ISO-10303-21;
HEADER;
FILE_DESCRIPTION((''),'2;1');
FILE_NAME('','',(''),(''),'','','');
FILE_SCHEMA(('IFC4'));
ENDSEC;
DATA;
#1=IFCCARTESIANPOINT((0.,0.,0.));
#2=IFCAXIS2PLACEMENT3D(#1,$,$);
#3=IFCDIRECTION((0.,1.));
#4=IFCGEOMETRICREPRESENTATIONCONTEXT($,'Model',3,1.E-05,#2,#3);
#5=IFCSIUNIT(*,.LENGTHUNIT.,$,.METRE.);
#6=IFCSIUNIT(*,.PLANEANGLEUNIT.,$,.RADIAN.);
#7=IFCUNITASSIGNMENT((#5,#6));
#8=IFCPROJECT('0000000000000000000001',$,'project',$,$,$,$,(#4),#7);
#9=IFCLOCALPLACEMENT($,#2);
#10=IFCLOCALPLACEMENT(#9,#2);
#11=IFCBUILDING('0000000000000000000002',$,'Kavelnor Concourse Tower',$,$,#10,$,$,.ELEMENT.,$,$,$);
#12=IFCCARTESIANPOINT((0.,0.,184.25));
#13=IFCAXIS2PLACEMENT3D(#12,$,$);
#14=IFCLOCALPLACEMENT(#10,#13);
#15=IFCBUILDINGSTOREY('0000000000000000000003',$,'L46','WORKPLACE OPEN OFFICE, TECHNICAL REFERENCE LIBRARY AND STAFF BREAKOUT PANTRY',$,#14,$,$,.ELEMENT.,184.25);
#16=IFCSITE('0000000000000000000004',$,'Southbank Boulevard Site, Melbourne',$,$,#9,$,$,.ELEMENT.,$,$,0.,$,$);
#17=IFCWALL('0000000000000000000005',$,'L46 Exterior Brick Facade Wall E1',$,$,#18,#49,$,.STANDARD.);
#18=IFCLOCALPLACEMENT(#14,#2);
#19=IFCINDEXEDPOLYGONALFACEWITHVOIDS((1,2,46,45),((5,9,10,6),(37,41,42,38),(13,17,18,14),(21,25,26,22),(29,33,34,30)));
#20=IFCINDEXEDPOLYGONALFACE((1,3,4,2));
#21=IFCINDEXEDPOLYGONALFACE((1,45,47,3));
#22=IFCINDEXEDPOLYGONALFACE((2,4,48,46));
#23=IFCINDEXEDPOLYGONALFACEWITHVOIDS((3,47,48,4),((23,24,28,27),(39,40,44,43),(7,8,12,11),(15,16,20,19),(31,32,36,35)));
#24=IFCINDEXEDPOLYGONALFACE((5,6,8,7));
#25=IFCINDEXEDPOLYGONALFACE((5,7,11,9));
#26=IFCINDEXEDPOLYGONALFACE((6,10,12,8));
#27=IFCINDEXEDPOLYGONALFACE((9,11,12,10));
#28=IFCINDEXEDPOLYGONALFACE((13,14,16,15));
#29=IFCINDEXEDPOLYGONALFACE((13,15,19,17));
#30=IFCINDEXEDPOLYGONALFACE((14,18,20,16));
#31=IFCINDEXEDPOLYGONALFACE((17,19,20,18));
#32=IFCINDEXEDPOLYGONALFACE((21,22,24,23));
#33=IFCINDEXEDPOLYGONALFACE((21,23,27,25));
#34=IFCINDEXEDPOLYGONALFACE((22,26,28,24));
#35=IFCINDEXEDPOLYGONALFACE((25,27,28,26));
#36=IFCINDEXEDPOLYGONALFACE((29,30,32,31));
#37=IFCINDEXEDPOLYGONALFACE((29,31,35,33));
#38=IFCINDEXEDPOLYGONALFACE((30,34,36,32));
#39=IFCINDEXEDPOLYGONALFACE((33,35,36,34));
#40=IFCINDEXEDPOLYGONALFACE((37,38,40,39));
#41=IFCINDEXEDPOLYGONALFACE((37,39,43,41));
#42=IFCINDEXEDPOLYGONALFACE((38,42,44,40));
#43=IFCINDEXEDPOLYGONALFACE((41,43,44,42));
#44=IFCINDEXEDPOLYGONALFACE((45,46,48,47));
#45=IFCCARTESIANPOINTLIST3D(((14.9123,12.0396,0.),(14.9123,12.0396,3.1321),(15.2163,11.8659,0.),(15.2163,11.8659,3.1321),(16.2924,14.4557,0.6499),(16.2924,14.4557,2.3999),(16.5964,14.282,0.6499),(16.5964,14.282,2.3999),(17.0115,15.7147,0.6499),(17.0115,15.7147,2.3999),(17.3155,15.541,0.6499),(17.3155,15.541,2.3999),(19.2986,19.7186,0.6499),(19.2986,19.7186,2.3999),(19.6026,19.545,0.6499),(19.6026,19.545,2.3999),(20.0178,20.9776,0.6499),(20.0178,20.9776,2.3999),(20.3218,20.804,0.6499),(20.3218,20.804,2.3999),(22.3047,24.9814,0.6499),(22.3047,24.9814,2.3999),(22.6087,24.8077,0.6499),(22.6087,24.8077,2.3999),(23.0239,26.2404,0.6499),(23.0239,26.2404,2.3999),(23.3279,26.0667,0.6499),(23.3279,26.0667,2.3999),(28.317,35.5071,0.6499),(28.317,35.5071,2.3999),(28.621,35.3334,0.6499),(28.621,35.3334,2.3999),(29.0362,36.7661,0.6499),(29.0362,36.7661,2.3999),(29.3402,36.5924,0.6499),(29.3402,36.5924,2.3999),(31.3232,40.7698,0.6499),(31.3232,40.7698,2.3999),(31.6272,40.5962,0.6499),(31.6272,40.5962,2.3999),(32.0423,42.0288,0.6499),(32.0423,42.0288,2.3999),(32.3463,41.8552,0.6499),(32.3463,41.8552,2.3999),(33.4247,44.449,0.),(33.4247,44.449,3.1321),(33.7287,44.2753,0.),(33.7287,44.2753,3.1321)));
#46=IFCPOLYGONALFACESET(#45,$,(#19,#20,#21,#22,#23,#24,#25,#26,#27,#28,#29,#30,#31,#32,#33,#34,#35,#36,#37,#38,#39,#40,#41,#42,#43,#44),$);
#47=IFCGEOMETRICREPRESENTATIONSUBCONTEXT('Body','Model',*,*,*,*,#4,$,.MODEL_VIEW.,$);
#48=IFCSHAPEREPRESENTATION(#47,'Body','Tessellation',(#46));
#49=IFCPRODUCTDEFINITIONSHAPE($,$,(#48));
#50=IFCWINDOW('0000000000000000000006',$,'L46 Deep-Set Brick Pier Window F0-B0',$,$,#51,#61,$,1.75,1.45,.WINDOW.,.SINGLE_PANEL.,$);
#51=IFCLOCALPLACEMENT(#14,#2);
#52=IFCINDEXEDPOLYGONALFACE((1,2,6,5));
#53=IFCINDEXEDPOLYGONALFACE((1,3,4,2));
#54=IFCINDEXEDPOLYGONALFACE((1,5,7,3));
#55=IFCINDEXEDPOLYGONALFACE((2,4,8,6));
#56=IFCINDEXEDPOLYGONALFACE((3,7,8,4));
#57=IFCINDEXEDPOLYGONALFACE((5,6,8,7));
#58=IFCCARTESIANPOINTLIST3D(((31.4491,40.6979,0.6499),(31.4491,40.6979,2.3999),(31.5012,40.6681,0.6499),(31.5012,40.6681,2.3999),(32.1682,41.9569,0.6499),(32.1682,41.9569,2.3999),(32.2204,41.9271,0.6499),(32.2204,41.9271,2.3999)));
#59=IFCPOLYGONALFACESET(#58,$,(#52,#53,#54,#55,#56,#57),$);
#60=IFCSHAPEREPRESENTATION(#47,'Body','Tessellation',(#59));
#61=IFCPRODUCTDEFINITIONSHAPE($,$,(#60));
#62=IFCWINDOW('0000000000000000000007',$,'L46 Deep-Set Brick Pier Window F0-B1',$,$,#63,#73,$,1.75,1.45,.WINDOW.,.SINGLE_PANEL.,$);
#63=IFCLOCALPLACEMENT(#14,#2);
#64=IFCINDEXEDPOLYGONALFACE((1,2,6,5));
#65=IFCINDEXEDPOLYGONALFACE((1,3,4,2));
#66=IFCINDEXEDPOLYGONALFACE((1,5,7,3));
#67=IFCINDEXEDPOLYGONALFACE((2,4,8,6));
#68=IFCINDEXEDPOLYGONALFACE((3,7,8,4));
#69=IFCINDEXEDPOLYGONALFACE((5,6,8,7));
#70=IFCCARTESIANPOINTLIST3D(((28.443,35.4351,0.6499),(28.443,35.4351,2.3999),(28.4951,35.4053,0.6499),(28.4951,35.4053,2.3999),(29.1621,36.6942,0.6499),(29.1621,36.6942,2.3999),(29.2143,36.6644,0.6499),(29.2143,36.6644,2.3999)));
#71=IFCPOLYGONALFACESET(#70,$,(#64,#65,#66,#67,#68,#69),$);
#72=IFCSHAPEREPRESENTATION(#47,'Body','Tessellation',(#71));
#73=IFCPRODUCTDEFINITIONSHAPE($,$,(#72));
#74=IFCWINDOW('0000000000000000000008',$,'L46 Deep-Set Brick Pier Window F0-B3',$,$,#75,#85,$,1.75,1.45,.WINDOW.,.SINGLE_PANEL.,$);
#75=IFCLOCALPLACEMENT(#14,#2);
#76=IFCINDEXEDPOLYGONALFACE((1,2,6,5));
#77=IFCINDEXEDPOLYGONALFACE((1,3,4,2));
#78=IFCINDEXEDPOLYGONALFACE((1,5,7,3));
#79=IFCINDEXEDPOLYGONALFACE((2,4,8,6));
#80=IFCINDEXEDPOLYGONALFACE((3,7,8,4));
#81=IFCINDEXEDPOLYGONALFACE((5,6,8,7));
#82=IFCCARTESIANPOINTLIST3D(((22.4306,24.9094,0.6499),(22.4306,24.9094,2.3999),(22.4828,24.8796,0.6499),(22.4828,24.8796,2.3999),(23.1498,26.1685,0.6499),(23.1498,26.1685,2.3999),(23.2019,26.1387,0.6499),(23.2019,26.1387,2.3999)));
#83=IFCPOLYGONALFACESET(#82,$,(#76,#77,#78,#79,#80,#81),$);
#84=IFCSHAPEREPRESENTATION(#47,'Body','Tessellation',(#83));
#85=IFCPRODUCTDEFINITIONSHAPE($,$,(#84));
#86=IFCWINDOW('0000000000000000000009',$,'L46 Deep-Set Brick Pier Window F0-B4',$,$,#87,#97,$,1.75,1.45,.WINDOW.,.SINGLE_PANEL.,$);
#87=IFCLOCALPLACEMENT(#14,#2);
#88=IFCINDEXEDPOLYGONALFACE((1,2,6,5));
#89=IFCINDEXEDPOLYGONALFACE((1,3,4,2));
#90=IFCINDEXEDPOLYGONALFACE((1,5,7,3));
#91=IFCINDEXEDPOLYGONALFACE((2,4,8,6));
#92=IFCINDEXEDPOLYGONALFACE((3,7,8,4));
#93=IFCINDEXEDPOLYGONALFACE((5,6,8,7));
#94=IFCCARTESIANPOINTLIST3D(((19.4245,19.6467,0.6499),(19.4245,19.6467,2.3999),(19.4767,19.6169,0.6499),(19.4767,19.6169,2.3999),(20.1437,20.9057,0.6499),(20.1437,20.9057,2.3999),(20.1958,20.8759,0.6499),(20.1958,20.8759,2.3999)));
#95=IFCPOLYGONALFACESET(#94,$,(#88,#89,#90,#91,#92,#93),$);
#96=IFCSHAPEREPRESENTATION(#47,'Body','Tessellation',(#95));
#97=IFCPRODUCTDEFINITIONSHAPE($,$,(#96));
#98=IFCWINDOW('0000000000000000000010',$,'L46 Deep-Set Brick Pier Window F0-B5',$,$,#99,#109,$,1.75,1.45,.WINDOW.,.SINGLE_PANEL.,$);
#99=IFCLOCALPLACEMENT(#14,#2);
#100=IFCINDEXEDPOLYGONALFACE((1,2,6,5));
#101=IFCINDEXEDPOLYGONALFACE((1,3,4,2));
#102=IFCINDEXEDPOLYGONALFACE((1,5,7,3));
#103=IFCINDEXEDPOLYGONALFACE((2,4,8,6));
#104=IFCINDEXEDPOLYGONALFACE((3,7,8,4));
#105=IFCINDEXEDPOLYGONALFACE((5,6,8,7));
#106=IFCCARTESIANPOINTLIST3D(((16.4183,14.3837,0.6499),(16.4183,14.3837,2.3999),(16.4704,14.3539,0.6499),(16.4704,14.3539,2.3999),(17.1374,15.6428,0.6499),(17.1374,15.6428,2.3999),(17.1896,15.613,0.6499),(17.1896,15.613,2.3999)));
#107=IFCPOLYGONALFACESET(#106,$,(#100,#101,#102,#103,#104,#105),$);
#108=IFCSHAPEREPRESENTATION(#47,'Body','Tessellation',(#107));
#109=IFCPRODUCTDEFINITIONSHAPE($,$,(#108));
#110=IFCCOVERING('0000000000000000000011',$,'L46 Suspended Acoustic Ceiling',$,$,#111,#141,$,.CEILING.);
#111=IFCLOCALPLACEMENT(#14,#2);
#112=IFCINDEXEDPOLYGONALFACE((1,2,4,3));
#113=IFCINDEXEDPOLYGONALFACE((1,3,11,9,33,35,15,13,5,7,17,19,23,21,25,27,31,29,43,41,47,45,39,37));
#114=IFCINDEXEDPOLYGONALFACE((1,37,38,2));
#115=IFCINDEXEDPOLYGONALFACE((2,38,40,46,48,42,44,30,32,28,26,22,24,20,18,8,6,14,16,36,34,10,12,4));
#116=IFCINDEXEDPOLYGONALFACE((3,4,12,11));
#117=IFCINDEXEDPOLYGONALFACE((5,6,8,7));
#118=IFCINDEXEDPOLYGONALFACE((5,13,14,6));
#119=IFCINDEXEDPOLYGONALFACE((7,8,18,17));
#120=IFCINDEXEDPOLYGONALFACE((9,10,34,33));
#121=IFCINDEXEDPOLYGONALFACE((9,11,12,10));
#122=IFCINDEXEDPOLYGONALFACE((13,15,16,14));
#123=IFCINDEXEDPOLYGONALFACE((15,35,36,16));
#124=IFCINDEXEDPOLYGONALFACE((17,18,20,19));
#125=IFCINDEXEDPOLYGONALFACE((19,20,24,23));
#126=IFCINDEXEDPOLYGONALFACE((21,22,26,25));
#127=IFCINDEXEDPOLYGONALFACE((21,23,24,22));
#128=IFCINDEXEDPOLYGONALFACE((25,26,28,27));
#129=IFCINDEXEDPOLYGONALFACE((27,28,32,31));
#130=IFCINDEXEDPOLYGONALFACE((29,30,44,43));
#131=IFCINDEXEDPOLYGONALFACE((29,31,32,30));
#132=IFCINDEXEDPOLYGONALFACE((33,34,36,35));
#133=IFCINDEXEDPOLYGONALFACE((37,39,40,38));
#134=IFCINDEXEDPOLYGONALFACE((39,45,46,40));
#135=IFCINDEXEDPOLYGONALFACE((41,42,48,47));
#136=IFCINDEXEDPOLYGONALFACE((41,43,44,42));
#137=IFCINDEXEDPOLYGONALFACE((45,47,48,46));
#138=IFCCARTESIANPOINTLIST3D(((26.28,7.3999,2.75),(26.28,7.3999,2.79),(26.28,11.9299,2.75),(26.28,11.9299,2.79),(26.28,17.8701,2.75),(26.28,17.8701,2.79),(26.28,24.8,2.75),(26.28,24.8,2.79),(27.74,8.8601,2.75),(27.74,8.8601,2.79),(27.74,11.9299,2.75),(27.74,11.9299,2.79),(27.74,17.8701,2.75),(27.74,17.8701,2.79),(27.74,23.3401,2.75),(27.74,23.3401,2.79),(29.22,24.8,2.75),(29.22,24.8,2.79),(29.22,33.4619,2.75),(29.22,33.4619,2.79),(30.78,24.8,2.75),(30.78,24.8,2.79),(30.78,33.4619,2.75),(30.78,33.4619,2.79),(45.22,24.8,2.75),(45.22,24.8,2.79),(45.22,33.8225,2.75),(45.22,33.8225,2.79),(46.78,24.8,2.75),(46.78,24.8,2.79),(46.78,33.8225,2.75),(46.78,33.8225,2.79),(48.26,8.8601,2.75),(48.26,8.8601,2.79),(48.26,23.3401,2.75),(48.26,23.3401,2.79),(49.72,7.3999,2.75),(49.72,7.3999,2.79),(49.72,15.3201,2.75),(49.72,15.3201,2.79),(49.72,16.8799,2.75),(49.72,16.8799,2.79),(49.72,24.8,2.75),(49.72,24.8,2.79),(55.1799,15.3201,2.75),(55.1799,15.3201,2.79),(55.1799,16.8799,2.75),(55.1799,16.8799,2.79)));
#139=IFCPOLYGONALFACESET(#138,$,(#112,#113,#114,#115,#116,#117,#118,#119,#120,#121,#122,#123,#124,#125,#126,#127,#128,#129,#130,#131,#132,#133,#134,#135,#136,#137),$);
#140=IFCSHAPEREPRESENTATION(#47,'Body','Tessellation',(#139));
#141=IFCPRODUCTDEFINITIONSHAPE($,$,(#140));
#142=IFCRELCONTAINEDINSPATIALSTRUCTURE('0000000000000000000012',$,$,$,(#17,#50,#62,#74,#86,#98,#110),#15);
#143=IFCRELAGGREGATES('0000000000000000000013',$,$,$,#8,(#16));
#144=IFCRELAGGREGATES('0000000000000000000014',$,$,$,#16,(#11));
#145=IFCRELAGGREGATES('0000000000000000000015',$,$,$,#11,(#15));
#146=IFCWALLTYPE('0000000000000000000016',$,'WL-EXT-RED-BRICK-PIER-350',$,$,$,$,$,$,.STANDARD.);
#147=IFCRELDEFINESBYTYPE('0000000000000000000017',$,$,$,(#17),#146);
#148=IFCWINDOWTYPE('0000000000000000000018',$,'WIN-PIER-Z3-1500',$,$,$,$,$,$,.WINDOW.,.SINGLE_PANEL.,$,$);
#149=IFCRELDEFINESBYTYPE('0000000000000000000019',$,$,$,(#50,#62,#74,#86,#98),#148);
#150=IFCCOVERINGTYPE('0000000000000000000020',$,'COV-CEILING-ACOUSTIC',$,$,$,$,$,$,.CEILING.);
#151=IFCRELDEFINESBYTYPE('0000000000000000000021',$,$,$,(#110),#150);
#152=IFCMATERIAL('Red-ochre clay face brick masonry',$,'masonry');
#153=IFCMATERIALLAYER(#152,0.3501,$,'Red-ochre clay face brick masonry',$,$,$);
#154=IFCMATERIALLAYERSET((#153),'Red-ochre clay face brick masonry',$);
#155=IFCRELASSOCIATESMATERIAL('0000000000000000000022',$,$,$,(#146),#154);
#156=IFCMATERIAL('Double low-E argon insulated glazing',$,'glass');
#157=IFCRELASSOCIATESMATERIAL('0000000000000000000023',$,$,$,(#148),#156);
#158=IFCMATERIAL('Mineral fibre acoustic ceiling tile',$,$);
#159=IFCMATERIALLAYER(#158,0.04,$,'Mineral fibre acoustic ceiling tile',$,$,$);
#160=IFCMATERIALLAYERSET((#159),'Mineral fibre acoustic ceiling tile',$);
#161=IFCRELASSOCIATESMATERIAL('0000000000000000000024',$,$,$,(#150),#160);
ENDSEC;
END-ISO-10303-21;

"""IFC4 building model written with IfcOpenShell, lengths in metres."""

from ifc_helpers import new_model, si_unit, direction, frame, frame_2d, origin, place, context, subcontext, project, spatial, polyline, rectangle, outline, extrude, material, layer, layer_set, type_object, element, fill, save


model = new_model("IFC4")

# Units and contexts
model_context = context("Model", 3, precision=1e-05, world=origin(), true_north=direction((0.0, 1.0)))
body_context = subcontext(model_context, "Body", "Model", "MODEL_VIEW")
ifc_project = project(units=[si_unit("LENGTHUNIT", "METRE"), si_unit("PLANEANGLEUNIT", "RADIAN")], contexts=[model_context])

# Site, building, storey
site_placement = place(None, origin())
site = spatial("IfcSite", under=ifc_project, at=site_placement, Name="Southbank Boulevard Site, Melbourne", CompositionType="ELEMENT", RefElevation=0.0)
building_placement = place(site_placement, origin())
building = spatial("IfcBuilding", under=site, at=building_placement, Name="Kavelnor Concourse Tower", CompositionType="ELEMENT")
storey_placement = place(building_placement, frame((0.0, 0.0, 184.25)))
storey = spatial("IfcBuildingStorey", under=building, at=storey_placement, Name="L46", Description="WORKPLACE OPEN OFFICE, TECHNICAL REFERENCE LIBRARY AND STAFF BREAKOUT PANTRY", CompositionType="ELEMENT", Elevation=184.25)

# Shared definitions
ifc_material_1 = material(Name="Double low-E argon insulated glazing", Category="glass")

# Wall, openings, windows
ifc_material_2 = material(Name="Red-ochre clay face brick masonry", Category="masonry")
ifc_layer_1 = layer(ifc_material_2, 0.3501, Name="Red-ochre clay face brick masonry")
ifc_layer_set_1 = layer_set([ifc_layer_1], Name="Red-ochre clay face brick masonry")
wall_type_1 = type_object("IfcWallType", Name="WL-EXT-RED-BRICK-PIER-350", PredefinedType="STANDARD", material=ifc_layer_set_1)
wall_1_placement = place(storey_placement, frame((15.0642, 11.9526, 0.0), z_axis=(0.0, 0.0, 1.0), x_axis=(0.495993, 0.868326, 0.0)))
wall_1 = element("IfcWall", 1, at=wall_1_placement, inside=storey, type_object=wall_type_1, Name="L46 Exterior Brick Facade Wall E1", PredefinedType="STANDARD", context=body_context, shape_type="SweptSolid", body=[
    extrude(rectangle(XDim=37.324, YDim=0.3501, at=frame_2d((18.6621, 0.0))), origin(), (0.0, 0.0, 1.0), 3.1321),
])
opening_1_placement = place(wall_1_placement, frame((33.0869, 0.0, 0.6499)))
opening_1 = element("IfcOpeningElement", 2, at=opening_1_placement, cuts=wall_1, PredefinedType="OPENING", context=body_context, shape_type="SweptSolid", body=[
    extrude(rectangle(XDim=1.45, YDim=1.75, at=frame_2d((0.7251, 0.875))), frame((0.0, 0.1851, 0.0), z_axis=(0.0, -1.0, 0.0), x_axis=(1.0, 0.0, 0.0)), (0.0, 0.0, 1.0), 0.3701),
])
opening_2_placement = place(wall_1_placement, frame((27.0261, 0.0, 0.6499)))
opening_2 = element("IfcOpeningElement", 3, at=opening_2_placement, cuts=wall_1, PredefinedType="OPENING", context=body_context, shape_type="SweptSolid", body=[
    extrude(rectangle(XDim=1.45, YDim=1.75, at=frame_2d((0.7251, 0.875))), frame((0.0, 0.1851, 0.0), z_axis=(0.0, -1.0, 0.0), x_axis=(1.0, 0.0, 0.0)), (0.0, 0.0, 1.0), 0.3701),
])
opening_3_placement = place(wall_1_placement, frame((14.9043, 0.0, 0.6499)))
opening_3 = element("IfcOpeningElement", 4, at=opening_3_placement, cuts=wall_1, PredefinedType="OPENING", context=body_context, shape_type="SweptSolid", body=[
    extrude(rectangle(XDim=1.45, YDim=1.75, at=frame_2d((0.7251, 0.875))), frame((0.0, 0.1851, 0.0), z_axis=(0.0, -1.0, 0.0), x_axis=(1.0, 0.0, 0.0)), (0.0, 0.0, 1.0), 0.3701),
])
opening_4_placement = place(wall_1_placement, frame((8.8435, 0.0, 0.6499)))
opening_4 = element("IfcOpeningElement", 5, at=opening_4_placement, cuts=wall_1, PredefinedType="OPENING", context=body_context, shape_type="SweptSolid", body=[
    extrude(rectangle(XDim=1.45, YDim=1.75, at=frame_2d((0.7251, 0.875))), frame((0.0, 0.1851, 0.0), z_axis=(0.0, -1.0, 0.0), x_axis=(1.0, 0.0, 0.0)), (0.0, 0.0, 1.0), 0.3701),
])
opening_5_placement = place(wall_1_placement, frame((2.7825, 0.0, 0.6499)))
opening_5 = element("IfcOpeningElement", 6, at=opening_5_placement, cuts=wall_1, PredefinedType="OPENING", context=body_context, shape_type="SweptSolid", body=[
    extrude(rectangle(XDim=1.45, YDim=1.75, at=frame_2d((0.7251, 0.875))), frame((0.0, 0.1851, 0.0), z_axis=(0.0, -1.0, 0.0), x_axis=(1.0, 0.0, 0.0)), (0.0, 0.0, 1.0), 0.3701),
])
window_type_1 = type_object("IfcWindowType", Name="WIN-PIER-Z3-1500", PartitioningType="SINGLE_PANEL", PredefinedType="WINDOW", material=ifc_material_1)
window_1_placement = place(opening_1_placement, origin())
window_1 = element("IfcWindow", 7, at=window_1_placement, inside=storey, type_object=window_type_1, Name="L46 Deep-Set Brick Pier Window F0-B0", OverallHeight=1.75, OverallWidth=1.45, PartitioningType="SINGLE_PANEL", PredefinedType="WINDOW", context=body_context, shape_type="SweptSolid", body=[
    extrude(rectangle(XDim=1.45, YDim=1.75, at=frame_2d((0.7251, 0.875))), frame((0.0, 0.03, 0.0), z_axis=(0.0, -1.0, 0.0), x_axis=(1.0, 0.0, 0.0)), (0.0, 0.0, 1.0), 0.0601),
])
fill(opening_1, window_1)
window_2_placement = place(opening_2_placement, origin())
window_2 = element("IfcWindow", 8, at=window_2_placement, inside=storey, type_object=window_type_1, Name="L46 Deep-Set Brick Pier Window F0-B1", OverallHeight=1.75, OverallWidth=1.45, PartitioningType="SINGLE_PANEL", PredefinedType="WINDOW", context=body_context, shape_type="SweptSolid", body=[
    extrude(rectangle(XDim=1.45, YDim=1.75, at=frame_2d((0.7251, 0.875))), frame((0.0, 0.03, 0.0), z_axis=(0.0, -1.0, 0.0), x_axis=(1.0, 0.0, 0.0)), (0.0, 0.0, 1.0), 0.0601),
])
fill(opening_2, window_2)
window_3_placement = place(opening_3_placement, origin())
window_3 = element("IfcWindow", 9, at=window_3_placement, inside=storey, type_object=window_type_1, Name="L46 Deep-Set Brick Pier Window F0-B3", OverallHeight=1.75, OverallWidth=1.45, PartitioningType="SINGLE_PANEL", PredefinedType="WINDOW", context=body_context, shape_type="SweptSolid", body=[
    extrude(rectangle(XDim=1.45, YDim=1.75, at=frame_2d((0.7251, 0.875))), frame((0.0, 0.03, 0.0), z_axis=(0.0, -1.0, 0.0), x_axis=(1.0, 0.0, 0.0)), (0.0, 0.0, 1.0), 0.0601),
])
fill(opening_3, window_3)
window_4_placement = place(opening_4_placement, origin())
window_4 = element("IfcWindow", 10, at=window_4_placement, inside=storey, type_object=window_type_1, Name="L46 Deep-Set Brick Pier Window F0-B4", OverallHeight=1.75, OverallWidth=1.45, PartitioningType="SINGLE_PANEL", PredefinedType="WINDOW", context=body_context, shape_type="SweptSolid", body=[
    extrude(rectangle(XDim=1.45, YDim=1.75, at=frame_2d((0.7251, 0.875))), frame((0.0, 0.03, 0.0), z_axis=(0.0, -1.0, 0.0), x_axis=(1.0, 0.0, 0.0)), (0.0, 0.0, 1.0), 0.0601),
])
fill(opening_4, window_4)
window_5_placement = place(opening_5_placement, origin())
window_5 = element("IfcWindow", 11, at=window_5_placement, inside=storey, type_object=window_type_1, Name="L46 Deep-Set Brick Pier Window F0-B5", OverallHeight=1.75, OverallWidth=1.45, PartitioningType="SINGLE_PANEL", PredefinedType="WINDOW", context=body_context, shape_type="SweptSolid", body=[
    extrude(rectangle(XDim=1.45, YDim=1.75, at=frame_2d((0.7251, 0.875))), frame((0.0, 0.03, 0.0), z_axis=(0.0, -1.0, 0.0), x_axis=(1.0, 0.0, 0.0)), (0.0, 0.0, 1.0), 0.0601),
])
fill(opening_5, window_5)

# Covering
ifc_material_3 = material(Name="Mineral fibre acoustic ceiling tile")
ifc_layer_2 = layer(ifc_material_3, 0.04, Name="Mineral fibre acoustic ceiling tile")
ifc_layer_set_2 = layer_set([ifc_layer_2], Name="Mineral fibre acoustic ceiling tile")
covering_type_1 = type_object("IfcCoveringType", Name="COV-CEILING-ACOUSTIC", PredefinedType="CEILING", material=ifc_layer_set_2)
covering_1_placement = place(storey_placement, frame((0.0, 0.0, 2.75)))
element("IfcCovering", 12, at=covering_1_placement, inside=storey, type_object=covering_type_1, Name="L46 Suspended Acoustic Ceiling", PredefinedType="CEILING", context=body_context, shape_type="SweptSolid", body=[
    extrude(outline(polyline([(29.22, 24.8), (29.22, 33.4619), (30.78, 33.4619), (30.78, 24.8), (45.22, 24.8), (45.22, 33.8225), (46.78, 33.8225), (46.78, 24.8), (49.72, 24.8), (49.72, 16.8799), (55.1799, 16.8799), (55.1799, 15.3201), (49.72, 15.3201), (49.72, 7.3999), (26.28, 7.3999), (26.28, 11.9299), (27.74, 11.9299), (27.74, 8.8601), (48.26, 8.8601), (48.26, 23.3401), (27.74, 23.3401), (27.74, 17.8701), (26.28, 17.8701), (26.28, 24.8), (29.22, 24.8)])), origin(), (0.0, 0.0, 1.0), 0.04),
])

save(model, "model.ifc")
